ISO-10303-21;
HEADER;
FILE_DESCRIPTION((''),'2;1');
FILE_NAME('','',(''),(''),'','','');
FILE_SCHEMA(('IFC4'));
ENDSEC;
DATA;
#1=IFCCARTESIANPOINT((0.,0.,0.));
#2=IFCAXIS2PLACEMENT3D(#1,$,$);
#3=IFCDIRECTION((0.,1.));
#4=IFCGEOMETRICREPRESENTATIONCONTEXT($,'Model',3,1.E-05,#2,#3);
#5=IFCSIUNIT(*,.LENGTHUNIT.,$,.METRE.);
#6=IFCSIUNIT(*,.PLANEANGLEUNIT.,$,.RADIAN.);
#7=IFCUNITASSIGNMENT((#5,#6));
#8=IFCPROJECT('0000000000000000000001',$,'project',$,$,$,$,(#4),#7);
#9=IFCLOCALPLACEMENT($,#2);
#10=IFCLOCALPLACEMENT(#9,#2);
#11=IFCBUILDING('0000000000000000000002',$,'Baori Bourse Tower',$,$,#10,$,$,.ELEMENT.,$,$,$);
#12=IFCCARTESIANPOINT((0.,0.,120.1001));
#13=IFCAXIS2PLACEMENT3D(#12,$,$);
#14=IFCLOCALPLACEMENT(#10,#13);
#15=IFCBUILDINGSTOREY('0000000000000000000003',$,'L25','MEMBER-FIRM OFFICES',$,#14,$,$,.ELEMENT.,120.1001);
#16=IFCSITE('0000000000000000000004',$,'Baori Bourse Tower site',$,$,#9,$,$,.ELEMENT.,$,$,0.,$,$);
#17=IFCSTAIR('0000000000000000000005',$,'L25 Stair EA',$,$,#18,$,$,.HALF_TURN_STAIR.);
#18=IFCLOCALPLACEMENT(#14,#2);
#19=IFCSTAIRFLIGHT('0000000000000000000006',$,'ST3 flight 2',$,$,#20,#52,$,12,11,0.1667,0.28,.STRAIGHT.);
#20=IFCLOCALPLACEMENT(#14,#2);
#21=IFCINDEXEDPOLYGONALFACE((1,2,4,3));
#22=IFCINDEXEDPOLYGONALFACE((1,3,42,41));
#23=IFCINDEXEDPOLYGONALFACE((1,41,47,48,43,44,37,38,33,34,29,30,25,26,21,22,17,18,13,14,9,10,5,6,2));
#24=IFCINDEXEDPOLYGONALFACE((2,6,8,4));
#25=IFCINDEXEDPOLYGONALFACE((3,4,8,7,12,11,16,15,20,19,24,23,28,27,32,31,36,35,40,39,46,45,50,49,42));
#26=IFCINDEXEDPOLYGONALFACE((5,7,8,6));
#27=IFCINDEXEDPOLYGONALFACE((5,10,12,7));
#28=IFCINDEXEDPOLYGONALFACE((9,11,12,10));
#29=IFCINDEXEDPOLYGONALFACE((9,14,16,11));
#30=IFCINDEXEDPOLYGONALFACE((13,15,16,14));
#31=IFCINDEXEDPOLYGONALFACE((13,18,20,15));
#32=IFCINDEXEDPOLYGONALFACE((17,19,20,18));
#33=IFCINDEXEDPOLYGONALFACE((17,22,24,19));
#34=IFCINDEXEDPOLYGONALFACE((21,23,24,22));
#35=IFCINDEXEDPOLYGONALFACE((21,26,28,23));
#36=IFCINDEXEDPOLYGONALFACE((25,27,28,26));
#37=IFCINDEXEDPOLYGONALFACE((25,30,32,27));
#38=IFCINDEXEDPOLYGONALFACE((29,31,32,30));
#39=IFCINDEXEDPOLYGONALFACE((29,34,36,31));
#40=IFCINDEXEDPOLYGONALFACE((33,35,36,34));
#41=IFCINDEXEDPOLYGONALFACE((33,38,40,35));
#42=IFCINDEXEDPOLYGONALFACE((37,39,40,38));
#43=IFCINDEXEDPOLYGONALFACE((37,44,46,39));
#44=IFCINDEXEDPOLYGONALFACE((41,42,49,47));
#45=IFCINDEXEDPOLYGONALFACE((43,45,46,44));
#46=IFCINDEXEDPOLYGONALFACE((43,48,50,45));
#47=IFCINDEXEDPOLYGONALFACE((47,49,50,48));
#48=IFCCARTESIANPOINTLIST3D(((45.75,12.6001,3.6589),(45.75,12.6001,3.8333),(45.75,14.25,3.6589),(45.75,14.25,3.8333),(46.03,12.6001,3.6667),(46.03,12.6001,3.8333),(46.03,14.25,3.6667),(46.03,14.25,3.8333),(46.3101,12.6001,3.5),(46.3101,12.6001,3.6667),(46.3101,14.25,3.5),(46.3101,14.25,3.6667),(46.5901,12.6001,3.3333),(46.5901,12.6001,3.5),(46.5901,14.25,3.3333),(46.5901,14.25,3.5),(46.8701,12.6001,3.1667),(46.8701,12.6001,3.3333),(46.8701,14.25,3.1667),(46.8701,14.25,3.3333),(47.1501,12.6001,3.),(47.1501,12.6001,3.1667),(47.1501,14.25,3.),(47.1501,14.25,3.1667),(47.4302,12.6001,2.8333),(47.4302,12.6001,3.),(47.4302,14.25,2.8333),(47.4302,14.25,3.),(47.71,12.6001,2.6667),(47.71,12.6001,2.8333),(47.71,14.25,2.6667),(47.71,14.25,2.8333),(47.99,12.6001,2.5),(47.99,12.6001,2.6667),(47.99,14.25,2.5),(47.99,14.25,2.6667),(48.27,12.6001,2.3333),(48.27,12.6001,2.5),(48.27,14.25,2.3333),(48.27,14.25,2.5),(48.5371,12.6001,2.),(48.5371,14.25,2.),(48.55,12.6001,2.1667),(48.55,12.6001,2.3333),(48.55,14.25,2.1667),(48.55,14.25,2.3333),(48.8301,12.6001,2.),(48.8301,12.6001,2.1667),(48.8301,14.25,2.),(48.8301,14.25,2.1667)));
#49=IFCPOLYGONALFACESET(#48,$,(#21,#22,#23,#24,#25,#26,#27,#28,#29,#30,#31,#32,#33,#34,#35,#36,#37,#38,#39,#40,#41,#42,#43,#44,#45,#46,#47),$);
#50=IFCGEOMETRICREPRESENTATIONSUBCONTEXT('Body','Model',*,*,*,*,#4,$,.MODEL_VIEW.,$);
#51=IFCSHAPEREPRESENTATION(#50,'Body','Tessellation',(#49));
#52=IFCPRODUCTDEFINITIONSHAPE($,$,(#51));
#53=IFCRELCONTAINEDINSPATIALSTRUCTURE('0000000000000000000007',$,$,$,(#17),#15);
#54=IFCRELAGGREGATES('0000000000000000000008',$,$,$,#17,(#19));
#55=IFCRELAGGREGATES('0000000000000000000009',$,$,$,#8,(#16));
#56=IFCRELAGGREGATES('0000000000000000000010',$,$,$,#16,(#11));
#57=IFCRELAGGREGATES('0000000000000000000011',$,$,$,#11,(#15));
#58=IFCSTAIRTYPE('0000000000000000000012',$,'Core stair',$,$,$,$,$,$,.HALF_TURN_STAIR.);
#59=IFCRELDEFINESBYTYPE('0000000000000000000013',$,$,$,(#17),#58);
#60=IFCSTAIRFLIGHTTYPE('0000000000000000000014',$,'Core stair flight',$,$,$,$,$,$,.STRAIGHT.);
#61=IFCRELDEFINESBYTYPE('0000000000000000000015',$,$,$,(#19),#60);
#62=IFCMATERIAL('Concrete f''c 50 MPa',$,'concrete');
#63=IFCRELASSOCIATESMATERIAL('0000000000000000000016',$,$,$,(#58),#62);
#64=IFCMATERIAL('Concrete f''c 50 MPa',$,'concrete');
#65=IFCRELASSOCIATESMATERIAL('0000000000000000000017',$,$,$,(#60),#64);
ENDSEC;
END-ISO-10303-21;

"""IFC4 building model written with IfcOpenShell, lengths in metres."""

from ifc_helpers import new_model, si_unit, direction, frame, origin, place, context, subcontext, project, spatial, polyline, outline, extrude, material, type_object, element, aggregate, save


model = new_model("IFC4")

# Units and contexts
model_context = context("Model", 3, precision=1e-05, world=origin(), true_north=direction((0.0, 1.0)))
body_context = subcontext(model_context, "Body", "Model", "MODEL_VIEW")
ifc_project = project(units=[si_unit("LENGTHUNIT", "METRE"), si_unit("PLANEANGLEUNIT", "RADIAN")], contexts=[model_context])

# Site, building, storey
site_placement = place(None, origin())
site = spatial("IfcSite", under=ifc_project, at=site_placement, Name="Baori Bourse Tower site", CompositionType="ELEMENT", RefElevation=0.0)
building_placement = place(site_placement, origin())
building = spatial("IfcBuilding", under=site, at=building_placement, Name="Baori Bourse Tower", CompositionType="ELEMENT")
storey_placement = place(building_placement, frame((0.0, 0.0, 120.1001)))
storey = spatial("IfcBuildingStorey", under=building, at=storey_placement, Name="L25", Description="MEMBER-FIRM OFFICES", CompositionType="ELEMENT", Elevation=120.1001)

# Stair, stair flight
ifc_material_1 = material(Name="Concrete f'c 50 MPa", Category="concrete")
stair_type = type_object("IfcStairType", Name="Core stair", PredefinedType="HALF_TURN_STAIR", material=ifc_material_1)
stair_placement = place(storey_placement, origin())
stair = element("IfcStair", 1, at=stair_placement, inside=storey, type_object=stair_type, Name="L25 Stair EA", PredefinedType="HALF_TURN_STAIR")
ifc_material_2 = material(Name="Concrete f'c 50 MPa", Category="concrete")
stair_flight_type = type_object("IfcStairFlightType", Name="Core stair flight", PredefinedType="STRAIGHT", material=ifc_material_2)
stair_flight_1_placement = place(storey_placement, frame((48.8301, 13.425, 2.0), z_axis=(0.0, 0.0, 1.0), x_axis=(-1.0, 0.0, 0.0)))
stair_flight_1 = element("IfcStairFlight", 2, at=stair_flight_1_placement, type_object=stair_flight_type, Name="ST3 flight 2", NumberOfRisers=12, NumberOfTreads=11, PredefinedType="STRAIGHT", RiserHeight=0.1667, TreadLength=0.28, context=body_context, shape_type="SweptSolid", body=[
    extrude(outline(polyline([(0.0, 0.0), (0.0, 0.1667), (0.28, 0.1667), (0.28, 0.3333), (0.5601, 0.3333), (0.5601, 0.5), (0.8401, 0.5), (0.8401, 0.6667), (1.1201, 0.6667), (1.1201, 0.8333), (1.3999, 0.8333), (1.3999, 1.0), (1.6799, 1.0), (1.6799, 1.1667), (1.96, 1.1667), (1.96, 1.3333), (2.24, 1.3333), (2.24, 1.5), (2.52, 1.5), (2.52, 1.6667), (2.8, 1.6667), (2.8, 1.8333), (3.0801, 1.8333), (3.0801, 2.0), (3.0801, 1.6589), (0.293, 0.0), (0.0, 0.0)])), frame((0.0, 0.825, 0.0), z_axis=(0.0, -1.0, 0.0), x_axis=(1.0, 0.0, 0.0)), (0.0, 0.0, 1.0), 1.6499),
])
aggregate(stair, [stair_flight_1])

save(model, "model.ifc")
